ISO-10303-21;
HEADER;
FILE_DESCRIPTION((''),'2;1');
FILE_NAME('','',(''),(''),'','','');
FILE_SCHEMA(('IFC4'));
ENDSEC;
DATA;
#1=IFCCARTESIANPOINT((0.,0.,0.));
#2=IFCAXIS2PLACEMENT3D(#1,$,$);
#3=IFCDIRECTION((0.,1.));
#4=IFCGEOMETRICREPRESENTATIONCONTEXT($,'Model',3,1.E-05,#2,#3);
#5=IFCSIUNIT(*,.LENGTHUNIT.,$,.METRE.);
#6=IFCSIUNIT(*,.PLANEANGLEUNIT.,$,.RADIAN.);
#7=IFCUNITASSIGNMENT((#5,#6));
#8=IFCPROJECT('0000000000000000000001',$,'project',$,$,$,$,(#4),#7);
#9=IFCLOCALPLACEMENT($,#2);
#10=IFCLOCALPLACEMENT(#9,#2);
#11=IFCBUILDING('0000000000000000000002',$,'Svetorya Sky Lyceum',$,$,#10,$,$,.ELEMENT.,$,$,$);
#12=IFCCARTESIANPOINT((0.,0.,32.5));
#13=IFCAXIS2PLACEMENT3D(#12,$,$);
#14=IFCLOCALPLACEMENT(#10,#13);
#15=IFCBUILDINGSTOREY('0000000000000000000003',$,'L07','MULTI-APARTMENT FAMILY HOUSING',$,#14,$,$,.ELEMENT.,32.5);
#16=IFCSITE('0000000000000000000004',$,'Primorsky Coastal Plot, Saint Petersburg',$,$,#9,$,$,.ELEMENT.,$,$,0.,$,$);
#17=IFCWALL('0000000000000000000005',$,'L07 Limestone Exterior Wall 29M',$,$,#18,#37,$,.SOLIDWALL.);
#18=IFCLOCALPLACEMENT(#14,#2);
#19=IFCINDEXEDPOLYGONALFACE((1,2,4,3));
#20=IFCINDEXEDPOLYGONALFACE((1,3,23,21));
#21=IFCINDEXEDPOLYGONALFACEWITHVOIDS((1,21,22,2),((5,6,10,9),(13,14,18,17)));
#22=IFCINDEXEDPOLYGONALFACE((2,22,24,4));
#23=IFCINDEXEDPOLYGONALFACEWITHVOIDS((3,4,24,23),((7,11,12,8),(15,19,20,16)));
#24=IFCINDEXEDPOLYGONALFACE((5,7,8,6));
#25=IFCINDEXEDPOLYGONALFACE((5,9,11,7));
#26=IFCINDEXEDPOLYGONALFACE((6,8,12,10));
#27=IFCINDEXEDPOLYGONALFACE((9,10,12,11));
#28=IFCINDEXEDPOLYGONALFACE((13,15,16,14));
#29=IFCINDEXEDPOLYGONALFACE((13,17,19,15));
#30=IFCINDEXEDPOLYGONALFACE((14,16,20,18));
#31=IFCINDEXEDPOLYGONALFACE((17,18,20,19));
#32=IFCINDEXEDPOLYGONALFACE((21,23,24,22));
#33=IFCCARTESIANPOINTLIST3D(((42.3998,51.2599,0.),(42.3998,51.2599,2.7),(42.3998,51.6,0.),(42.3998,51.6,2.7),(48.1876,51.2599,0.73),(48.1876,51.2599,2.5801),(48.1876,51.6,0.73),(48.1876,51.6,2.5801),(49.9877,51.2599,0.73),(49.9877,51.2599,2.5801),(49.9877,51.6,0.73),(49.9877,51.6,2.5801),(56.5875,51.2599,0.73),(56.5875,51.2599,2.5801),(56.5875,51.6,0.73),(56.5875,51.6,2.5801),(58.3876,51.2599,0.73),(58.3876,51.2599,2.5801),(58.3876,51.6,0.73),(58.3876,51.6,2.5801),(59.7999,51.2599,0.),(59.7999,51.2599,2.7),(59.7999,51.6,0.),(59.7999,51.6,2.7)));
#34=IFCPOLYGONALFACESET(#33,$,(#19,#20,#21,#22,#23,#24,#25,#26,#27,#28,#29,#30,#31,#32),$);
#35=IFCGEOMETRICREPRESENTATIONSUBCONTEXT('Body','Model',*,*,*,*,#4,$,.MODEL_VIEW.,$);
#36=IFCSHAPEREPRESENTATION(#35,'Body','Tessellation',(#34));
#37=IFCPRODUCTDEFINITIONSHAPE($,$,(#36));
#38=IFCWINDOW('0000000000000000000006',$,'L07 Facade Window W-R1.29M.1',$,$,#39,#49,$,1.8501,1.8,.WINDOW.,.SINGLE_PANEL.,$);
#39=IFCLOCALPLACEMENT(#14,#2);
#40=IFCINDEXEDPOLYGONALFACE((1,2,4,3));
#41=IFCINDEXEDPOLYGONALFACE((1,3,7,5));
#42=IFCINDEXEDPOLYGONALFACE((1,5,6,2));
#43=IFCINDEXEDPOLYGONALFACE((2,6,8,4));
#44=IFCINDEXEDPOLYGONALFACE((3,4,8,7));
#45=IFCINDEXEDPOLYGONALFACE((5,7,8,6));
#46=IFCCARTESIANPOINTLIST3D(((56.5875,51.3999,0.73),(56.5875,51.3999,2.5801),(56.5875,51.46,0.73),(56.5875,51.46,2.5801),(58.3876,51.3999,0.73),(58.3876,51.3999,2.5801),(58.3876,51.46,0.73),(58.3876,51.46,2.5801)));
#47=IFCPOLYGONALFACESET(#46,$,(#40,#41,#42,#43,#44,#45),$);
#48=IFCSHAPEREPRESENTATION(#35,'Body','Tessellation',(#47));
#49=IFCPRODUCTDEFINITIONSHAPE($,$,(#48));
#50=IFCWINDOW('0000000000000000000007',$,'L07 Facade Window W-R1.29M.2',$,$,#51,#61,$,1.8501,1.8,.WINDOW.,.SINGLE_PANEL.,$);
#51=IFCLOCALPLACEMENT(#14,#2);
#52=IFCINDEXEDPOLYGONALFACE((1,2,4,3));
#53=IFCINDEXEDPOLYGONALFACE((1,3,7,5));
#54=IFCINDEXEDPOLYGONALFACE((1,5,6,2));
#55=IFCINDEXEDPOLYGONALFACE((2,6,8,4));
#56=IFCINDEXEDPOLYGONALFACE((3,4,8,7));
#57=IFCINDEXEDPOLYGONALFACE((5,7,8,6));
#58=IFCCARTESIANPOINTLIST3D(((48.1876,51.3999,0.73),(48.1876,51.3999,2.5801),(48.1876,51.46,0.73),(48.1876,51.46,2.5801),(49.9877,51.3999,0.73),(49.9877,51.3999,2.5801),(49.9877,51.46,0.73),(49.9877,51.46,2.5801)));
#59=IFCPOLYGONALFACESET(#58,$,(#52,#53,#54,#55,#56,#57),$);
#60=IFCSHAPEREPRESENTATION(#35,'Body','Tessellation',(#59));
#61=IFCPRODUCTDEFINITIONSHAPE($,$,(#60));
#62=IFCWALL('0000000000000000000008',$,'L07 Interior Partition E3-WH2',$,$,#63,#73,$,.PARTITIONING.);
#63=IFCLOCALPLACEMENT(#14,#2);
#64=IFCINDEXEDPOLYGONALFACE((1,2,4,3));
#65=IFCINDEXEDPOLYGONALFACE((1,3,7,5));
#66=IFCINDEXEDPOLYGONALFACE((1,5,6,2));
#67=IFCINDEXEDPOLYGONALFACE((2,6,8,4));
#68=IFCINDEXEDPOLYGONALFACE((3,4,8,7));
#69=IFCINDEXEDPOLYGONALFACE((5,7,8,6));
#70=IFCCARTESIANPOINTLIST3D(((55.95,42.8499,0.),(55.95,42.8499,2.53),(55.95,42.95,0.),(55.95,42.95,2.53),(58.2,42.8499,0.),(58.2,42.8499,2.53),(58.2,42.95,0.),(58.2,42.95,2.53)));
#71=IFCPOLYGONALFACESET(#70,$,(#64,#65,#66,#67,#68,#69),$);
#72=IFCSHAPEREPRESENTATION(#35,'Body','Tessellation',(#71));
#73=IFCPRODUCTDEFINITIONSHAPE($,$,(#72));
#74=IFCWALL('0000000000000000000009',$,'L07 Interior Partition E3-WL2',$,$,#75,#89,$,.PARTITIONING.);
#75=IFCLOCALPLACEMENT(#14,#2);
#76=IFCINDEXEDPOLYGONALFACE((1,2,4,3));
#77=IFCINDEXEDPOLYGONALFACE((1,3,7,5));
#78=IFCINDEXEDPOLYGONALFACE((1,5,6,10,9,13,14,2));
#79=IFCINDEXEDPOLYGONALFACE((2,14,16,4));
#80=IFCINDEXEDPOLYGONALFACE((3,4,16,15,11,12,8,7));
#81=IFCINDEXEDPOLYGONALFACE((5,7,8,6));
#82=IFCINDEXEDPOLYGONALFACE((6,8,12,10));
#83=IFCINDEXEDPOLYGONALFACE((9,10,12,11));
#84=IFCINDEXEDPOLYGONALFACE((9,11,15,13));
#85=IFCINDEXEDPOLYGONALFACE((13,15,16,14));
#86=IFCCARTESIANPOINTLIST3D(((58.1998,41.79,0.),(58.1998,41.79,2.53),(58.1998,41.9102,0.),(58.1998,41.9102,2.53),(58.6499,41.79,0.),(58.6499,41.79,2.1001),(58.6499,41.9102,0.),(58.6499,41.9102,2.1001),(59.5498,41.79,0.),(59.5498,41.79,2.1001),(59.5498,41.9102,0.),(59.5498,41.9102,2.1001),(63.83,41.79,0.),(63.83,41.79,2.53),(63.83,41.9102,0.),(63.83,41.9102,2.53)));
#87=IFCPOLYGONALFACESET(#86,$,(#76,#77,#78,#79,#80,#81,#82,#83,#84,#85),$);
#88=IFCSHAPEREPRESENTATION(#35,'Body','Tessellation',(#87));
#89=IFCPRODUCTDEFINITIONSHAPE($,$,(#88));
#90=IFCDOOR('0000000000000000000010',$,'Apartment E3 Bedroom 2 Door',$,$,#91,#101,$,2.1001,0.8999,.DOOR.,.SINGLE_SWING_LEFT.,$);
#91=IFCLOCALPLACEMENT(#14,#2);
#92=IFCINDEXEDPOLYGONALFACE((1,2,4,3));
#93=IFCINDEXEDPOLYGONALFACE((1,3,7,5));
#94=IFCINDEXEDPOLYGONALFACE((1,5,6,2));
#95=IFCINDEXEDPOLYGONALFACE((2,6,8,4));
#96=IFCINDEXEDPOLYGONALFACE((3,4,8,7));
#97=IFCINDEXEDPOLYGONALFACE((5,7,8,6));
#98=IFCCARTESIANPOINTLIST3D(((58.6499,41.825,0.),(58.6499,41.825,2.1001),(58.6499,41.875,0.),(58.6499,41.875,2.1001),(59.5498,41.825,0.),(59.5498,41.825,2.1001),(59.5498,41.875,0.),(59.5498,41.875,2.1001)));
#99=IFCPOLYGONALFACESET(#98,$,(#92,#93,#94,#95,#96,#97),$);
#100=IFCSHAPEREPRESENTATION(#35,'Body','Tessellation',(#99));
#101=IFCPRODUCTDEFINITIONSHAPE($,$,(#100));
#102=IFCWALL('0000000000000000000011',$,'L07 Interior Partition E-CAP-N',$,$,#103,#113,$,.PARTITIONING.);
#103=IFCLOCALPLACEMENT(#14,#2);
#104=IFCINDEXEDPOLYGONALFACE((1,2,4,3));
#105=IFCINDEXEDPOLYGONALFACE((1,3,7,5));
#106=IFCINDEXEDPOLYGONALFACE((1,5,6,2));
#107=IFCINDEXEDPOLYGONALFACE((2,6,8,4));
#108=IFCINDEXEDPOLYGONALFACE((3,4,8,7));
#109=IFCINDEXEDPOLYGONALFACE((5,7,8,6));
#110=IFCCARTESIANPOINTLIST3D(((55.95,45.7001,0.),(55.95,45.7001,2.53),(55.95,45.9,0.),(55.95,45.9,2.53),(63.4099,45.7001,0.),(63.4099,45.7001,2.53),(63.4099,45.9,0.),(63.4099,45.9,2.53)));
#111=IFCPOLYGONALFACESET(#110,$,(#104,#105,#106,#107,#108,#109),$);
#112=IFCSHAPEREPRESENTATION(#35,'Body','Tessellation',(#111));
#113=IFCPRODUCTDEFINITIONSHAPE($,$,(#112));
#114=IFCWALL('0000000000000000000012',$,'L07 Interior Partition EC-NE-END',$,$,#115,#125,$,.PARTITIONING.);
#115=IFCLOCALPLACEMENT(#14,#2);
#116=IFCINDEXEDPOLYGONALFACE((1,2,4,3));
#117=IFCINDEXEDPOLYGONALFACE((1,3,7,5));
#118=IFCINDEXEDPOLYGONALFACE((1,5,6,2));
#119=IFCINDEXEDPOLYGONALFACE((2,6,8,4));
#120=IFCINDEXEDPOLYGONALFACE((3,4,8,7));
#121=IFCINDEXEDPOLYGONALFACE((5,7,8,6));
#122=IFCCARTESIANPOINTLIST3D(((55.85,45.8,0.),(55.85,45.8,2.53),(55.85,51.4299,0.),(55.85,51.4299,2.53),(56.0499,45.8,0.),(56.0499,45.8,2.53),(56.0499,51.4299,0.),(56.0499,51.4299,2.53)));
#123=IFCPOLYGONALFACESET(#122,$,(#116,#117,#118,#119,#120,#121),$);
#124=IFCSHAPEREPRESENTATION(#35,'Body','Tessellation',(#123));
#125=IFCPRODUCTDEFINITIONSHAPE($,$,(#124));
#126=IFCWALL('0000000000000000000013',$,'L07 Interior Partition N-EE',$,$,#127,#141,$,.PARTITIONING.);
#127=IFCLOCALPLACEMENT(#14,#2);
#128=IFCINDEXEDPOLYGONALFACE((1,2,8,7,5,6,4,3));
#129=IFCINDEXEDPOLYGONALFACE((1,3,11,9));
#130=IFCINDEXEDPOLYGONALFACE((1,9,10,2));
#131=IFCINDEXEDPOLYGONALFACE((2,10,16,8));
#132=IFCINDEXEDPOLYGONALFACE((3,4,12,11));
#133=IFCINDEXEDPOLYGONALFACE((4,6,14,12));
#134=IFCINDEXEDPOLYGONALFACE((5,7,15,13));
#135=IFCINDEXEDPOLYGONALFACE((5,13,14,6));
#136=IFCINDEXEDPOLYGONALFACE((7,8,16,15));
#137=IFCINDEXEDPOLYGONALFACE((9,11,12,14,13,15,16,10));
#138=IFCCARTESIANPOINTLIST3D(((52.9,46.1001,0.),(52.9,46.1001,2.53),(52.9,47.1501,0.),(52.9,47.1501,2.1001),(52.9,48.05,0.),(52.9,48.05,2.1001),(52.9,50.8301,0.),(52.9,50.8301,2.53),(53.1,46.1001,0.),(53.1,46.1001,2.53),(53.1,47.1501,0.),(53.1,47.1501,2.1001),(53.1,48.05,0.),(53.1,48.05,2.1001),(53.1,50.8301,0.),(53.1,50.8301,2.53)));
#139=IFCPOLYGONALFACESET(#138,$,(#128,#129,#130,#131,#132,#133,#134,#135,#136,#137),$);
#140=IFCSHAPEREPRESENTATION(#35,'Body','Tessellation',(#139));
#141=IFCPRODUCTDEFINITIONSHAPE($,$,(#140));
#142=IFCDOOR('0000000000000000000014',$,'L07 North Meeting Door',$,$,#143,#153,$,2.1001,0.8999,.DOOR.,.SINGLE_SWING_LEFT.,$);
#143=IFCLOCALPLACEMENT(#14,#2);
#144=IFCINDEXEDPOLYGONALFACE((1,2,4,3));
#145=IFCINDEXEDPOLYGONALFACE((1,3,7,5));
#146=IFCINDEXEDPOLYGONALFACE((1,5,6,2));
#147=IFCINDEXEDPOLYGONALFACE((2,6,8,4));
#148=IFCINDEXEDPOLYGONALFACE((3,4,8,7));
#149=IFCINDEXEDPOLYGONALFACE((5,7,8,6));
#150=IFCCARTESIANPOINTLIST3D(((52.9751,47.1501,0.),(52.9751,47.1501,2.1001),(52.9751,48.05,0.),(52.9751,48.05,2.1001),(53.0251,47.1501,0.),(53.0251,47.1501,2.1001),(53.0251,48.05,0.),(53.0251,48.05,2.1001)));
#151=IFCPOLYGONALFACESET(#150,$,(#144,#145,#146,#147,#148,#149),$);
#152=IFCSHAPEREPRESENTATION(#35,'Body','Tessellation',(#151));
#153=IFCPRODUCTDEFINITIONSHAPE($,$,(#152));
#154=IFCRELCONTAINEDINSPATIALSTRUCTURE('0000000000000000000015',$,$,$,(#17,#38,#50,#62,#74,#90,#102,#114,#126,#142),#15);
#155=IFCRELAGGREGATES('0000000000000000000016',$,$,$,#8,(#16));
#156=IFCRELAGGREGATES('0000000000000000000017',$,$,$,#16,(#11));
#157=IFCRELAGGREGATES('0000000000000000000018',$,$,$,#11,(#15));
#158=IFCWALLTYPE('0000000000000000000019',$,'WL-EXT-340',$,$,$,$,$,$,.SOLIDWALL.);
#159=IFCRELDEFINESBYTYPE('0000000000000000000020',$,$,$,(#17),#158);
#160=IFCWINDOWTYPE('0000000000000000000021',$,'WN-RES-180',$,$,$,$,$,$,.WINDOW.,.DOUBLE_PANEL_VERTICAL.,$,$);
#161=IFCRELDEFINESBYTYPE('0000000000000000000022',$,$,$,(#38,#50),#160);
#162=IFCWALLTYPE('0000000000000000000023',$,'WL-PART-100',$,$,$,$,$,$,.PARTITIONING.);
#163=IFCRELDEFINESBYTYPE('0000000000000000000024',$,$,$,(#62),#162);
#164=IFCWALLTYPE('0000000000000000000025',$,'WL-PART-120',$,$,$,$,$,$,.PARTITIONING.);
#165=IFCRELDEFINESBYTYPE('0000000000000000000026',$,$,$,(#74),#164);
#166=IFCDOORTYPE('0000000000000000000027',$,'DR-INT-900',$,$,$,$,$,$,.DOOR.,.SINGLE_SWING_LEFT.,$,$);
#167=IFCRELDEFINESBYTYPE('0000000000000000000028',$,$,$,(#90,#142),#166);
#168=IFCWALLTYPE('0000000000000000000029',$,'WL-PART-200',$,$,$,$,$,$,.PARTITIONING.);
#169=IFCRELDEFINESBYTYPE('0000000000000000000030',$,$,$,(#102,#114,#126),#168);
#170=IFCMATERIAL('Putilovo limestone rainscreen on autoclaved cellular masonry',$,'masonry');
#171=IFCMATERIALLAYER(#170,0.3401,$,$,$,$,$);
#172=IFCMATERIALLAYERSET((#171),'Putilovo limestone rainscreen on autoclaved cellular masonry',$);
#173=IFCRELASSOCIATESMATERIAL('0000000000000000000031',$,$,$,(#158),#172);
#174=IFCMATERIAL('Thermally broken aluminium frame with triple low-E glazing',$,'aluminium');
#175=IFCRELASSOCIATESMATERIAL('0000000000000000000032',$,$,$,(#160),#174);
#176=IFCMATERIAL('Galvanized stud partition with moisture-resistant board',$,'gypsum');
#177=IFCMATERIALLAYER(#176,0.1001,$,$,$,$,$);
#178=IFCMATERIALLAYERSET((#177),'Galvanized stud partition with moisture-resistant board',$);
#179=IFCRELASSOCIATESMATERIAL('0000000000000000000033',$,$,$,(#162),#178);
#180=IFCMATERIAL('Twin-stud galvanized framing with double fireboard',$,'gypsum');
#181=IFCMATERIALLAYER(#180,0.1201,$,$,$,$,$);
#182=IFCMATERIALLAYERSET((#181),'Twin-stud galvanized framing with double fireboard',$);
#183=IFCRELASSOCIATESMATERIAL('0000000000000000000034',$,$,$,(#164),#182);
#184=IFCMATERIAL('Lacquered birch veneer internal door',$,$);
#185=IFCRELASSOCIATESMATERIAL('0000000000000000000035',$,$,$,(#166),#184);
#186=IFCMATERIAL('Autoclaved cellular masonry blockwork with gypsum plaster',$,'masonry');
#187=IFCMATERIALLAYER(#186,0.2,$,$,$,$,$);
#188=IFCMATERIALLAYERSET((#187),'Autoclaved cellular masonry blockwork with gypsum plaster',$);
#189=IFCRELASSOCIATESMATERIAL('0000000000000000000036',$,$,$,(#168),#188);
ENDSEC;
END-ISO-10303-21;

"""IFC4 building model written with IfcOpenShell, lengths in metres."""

from ifc_helpers import new_model, si_unit, direction, frame, frame_2d, origin, place, context, subcontext, project, spatial, rectangle, extrude, material, layer, layer_set, type_object, element, fill, save


model = new_model("IFC4")

# Units and contexts
model_context = context("Model", 3, precision=1e-05, world=origin(), true_north=direction((0.0, 1.0)))
body_context = subcontext(model_context, "Body", "Model", "MODEL_VIEW")
ifc_project = project(units=[si_unit("LENGTHUNIT", "METRE"), si_unit("PLANEANGLEUNIT", "RADIAN")], contexts=[model_context])

# Site, building, storey
site_placement = place(None, origin())
site = spatial("IfcSite", under=ifc_project, at=site_placement, Name="Primorsky Coastal Plot, Saint Petersburg", CompositionType="ELEMENT", RefElevation=0.0)
building_placement = place(site_placement, origin())
building = spatial("IfcBuilding", under=site, at=building_placement, Name="Svetorya Sky Lyceum", CompositionType="ELEMENT")
storey_placement = place(building_placement, frame((0.0, 0.0, 32.5)))
storey = spatial("IfcBuildingStorey", under=building, at=storey_placement, Name="L07", Description="MULTI-APARTMENT FAMILY HOUSING", CompositionType="ELEMENT", Elevation=32.5)

# Shared definitions
ifc_material_1 = material(Name="Putilovo limestone rainscreen on autoclaved cellular masonry", Category="masonry")
ifc_layer_1 = layer(ifc_material_1, 0.3401)
ifc_layer_set_1 = layer_set([ifc_layer_1], Name="Putilovo limestone rainscreen on autoclaved cellular masonry")
wall_type_1 = type_object("IfcWallType", Name="WL-EXT-340", PredefinedType="SOLIDWALL", material=ifc_layer_set_1)

# Wall, openings, windows
wall_1_placement = place(storey_placement, frame((59.8, 51.4299, 0.0), z_axis=(0.0, 0.0, 1.0), x_axis=(-1.0, 0.0, 0.0)))
wall_1 = element("IfcWall", 1, at=wall_1_placement, inside=storey, type_object=wall_type_1, Name="L07 Limestone Exterior Wall 29M", PredefinedType="SOLIDWALL", context=body_context, shape_type="SweptSolid", body=[
    extrude(rectangle(XDim=17.4001, YDim=0.3401, at=frame_2d((8.7002, 0.0))), origin(), (0.0, 0.0, 1.0), 2.7),
])
opening_1_placement = place(wall_1_placement, frame((1.4126, 0.0, 0.73)))
opening_1 = element("IfcOpeningElement", 2, at=opening_1_placement, cuts=wall_1, PredefinedType="OPENING", context=body_context, shape_type="SweptSolid", body=[
    extrude(rectangle(XDim=1.8, YDim=1.8501, at=frame_2d((0.8999, 0.925))), frame((0.0, 0.1799, 0.0), z_axis=(0.0, -1.0, 0.0), x_axis=(1.0, 0.0, 0.0)), (0.0, 0.0, 1.0), 0.3601),
])
opening_2_placement = place(wall_1_placement, frame((9.8125, 0.0, 0.73)))
opening_2 = element("IfcOpeningElement", 3, at=opening_2_placement, cuts=wall_1, PredefinedType="OPENING", context=body_context, shape_type="SweptSolid", body=[
    extrude(rectangle(XDim=1.8, YDim=1.8501, at=frame_2d((0.8999, 0.925))), frame((0.0, 0.1799, 0.0), z_axis=(0.0, -1.0, 0.0), x_axis=(1.0, 0.0, 0.0)), (0.0, 0.0, 1.0), 0.3601),
])
ifc_material_2 = material(Name="Thermally broken aluminium frame with triple low-E glazing", Category="aluminium")
window_type = type_object("IfcWindowType", Name="WN-RES-180", PartitioningType="DOUBLE_PANEL_VERTICAL", PredefinedType="WINDOW", material=ifc_material_2)
window_1_placement = place(opening_1_placement, origin())
window_1 = element("IfcWindow", 4, at=window_1_placement, inside=storey, type_object=window_type, Name="L07 Facade Window W-R1.29M.1", OverallHeight=1.8501, OverallWidth=1.8, PartitioningType="SINGLE_PANEL", PredefinedType="WINDOW", context=body_context, shape_type="SweptSolid", body=[
    extrude(rectangle(XDim=1.8, YDim=1.8501, at=frame_2d((0.8999, 0.925))), frame((0.0, 0.03, 0.0), z_axis=(0.0, -1.0, 0.0), x_axis=(1.0, 0.0, 0.0)), (0.0, 0.0, 1.0), 0.0601),
])
fill(opening_1, window_1)
window_2_placement = place(opening_2_placement, origin())
window_2 = element("IfcWindow", 5, at=window_2_placement, inside=storey, type_object=window_type, Name="L07 Facade Window W-R1.29M.2", OverallHeight=1.8501, OverallWidth=1.8, PartitioningType="SINGLE_PANEL", PredefinedType="WINDOW", context=body_context, shape_type="SweptSolid", body=[
    extrude(rectangle(XDim=1.8, YDim=1.8501, at=frame_2d((0.8999, 0.925))), frame((0.0, 0.03, 0.0), z_axis=(0.0, -1.0, 0.0), x_axis=(1.0, 0.0, 0.0)), (0.0, 0.0, 1.0), 0.0601),
])
fill(opening_2, window_2)

# Wall
ifc_material_3 = material(Name="Galvanized stud partition with moisture-resistant board", Category="gypsum")
ifc_layer_2 = layer(ifc_material_3, 0.1001)
ifc_layer_set_2 = layer_set([ifc_layer_2], Name="Galvanized stud partition with moisture-resistant board")
wall_type_2 = type_object("IfcWallType", Name="WL-PART-100", PredefinedType="PARTITIONING", material=ifc_layer_set_2)
wall_2_placement = place(storey_placement, frame((55.95, 42.8999, 0.0), z_axis=(0.0, 0.0, 1.0), x_axis=(1.0, 0.0, 0.0)))
element("IfcWall", 6, at=wall_2_placement, inside=storey, type_object=wall_type_2, Name="L07 Interior Partition E3-WH2", PredefinedType="PARTITIONING", context=body_context, shape_type="SweptSolid", body=[
    extrude(rectangle(XDim=2.25, YDim=0.1001, at=frame_2d((1.125, 0.0))), origin(), (0.0, 0.0, 1.0), 2.53),
])

# Wall, opening, door
ifc_material_4 = material(Name="Twin-stud galvanized framing with double fireboard", Category="gypsum")
ifc_layer_3 = layer(ifc_material_4, 0.1201)
ifc_layer_set_3 = layer_set([ifc_layer_3], Name="Twin-stud galvanized framing with double fireboard")
wall_type_3 = type_object("IfcWallType", Name="WL-PART-120", PredefinedType="PARTITIONING", material=ifc_layer_set_3)
wall_3_placement = place(storey_placement, frame((58.2, 41.8501, 0.0), z_axis=(0.0, 0.0, 1.0), x_axis=(1.0, 0.0, 0.0)))
wall_3 = element("IfcWall", 7, at=wall_3_placement, inside=storey, type_object=wall_type_3, Name="L07 Interior Partition E3-WL2", PredefinedType="PARTITIONING", context=body_context, shape_type="SweptSolid", body=[
    extrude(rectangle(XDim=5.6301, YDim=0.1201, at=frame_2d((2.8149, 0.0))), origin(), (0.0, 0.0, 1.0), 2.53),
])
opening_3_placement = place(wall_3_placement, frame((0.45, 0.0, 0.0)))
opening_3 = element("IfcOpeningElement", 8, at=opening_3_placement, cuts=wall_3, PredefinedType="OPENING", context=body_context, shape_type="SweptSolid", body=[
    extrude(rectangle(XDim=0.8999, YDim=2.1001, at=frame_2d((0.45, 1.05))), frame((0.0, 0.0701, 0.0), z_axis=(0.0, -1.0, 0.0), x_axis=(1.0, 0.0, 0.0)), (0.0, 0.0, 1.0), 0.1401),
])
ifc_material_5 = material(Name="Lacquered birch veneer internal door")
door_type = type_object("IfcDoorType", Name="DR-INT-900", OperationType="SINGLE_SWING_LEFT", PredefinedType="DOOR", material=ifc_material_5)
door_1_placement = place(opening_3_placement, origin())
door_1 = element("IfcDoor", 9, at=door_1_placement, inside=storey, type_object=door_type, Name="Apartment E3 Bedroom 2 Door", OperationType="SINGLE_SWING_LEFT", OverallHeight=2.1001, OverallWidth=0.8999, PredefinedType="DOOR", context=body_context, shape_type="SweptSolid", body=[
    extrude(rectangle(XDim=0.8999, YDim=2.1001, at=frame_2d((0.45, 1.05))), frame((0.0, 0.0249, 0.0), z_axis=(0.0, -1.0, 0.0), x_axis=(1.0, 0.0, 0.0)), (0.0, 0.0, 1.0), 0.05),
])
fill(opening_3, door_1)

# Walls
ifc_material_6 = material(Name="Autoclaved cellular masonry blockwork with gypsum plaster", Category="masonry")
ifc_layer_4 = layer(ifc_material_6, 0.2)
ifc_layer_set_4 = layer_set([ifc_layer_4], Name="Autoclaved cellular masonry blockwork with gypsum plaster")
wall_type_4 = type_object("IfcWallType", Name="WL-PART-200", PredefinedType="PARTITIONING", material=ifc_layer_set_4)
wall_4_placement = place(storey_placement, frame((55.95, 45.8, 0.0), z_axis=(0.0, 0.0, 1.0), x_axis=(1.0, 0.0, 0.0)))
element("IfcWall", 10, at=wall_4_placement, inside=storey, type_object=wall_type_4, Name="L07 Interior Partition E-CAP-N", PredefinedType="PARTITIONING", context=body_context, shape_type="SweptSolid", body=[
    extrude(rectangle(XDim=7.46, YDim=0.2, at=frame_2d((3.73, 0.0))), origin(), (0.0, 0.0, 1.0), 2.53),
])
wall_5_placement = place(storey_placement, frame((55.95, 45.8, 0.0), z_axis=(0.0, 0.0, 1.0), x_axis=(0.0, 1.0, 0.0)))
element("IfcWall", 11, at=wall_5_placement, inside=storey, type_object=wall_type_4, Name="L07 Interior Partition EC-NE-END", PredefinedType="PARTITIONING", context=body_context, shape_type="SweptSolid", body=[
    extrude(rectangle(XDim=5.6299, YDim=0.2, at=frame_2d((2.8149, 0.0))), origin(), (0.0, 0.0, 1.0), 2.53),
])

# Wall, opening, door
wall_6_placement = place(storey_placement, frame((53.0, 46.1001, 0.0), z_axis=(0.0, 0.0, 1.0), x_axis=(0.0, 1.0, 0.0)))
wall_6 = element("IfcWall", 12, at=wall_6_placement, inside=storey, type_object=wall_type_4, Name="L07 Interior Partition N-EE", PredefinedType="PARTITIONING", context=body_context, shape_type="SweptSolid", body=[
    extrude(rectangle(XDim=4.73, YDim=0.2, at=frame_2d((2.365, 0.0))), origin(), (0.0, 0.0, 1.0), 2.53),
])
opening_4_placement = place(wall_6_placement, frame((1.05, 0.0, 0.0)))
opening_4 = element("IfcOpeningElement", 13, at=opening_4_placement, cuts=wall_6, PredefinedType="OPENING", context=body_context, shape_type="SweptSolid", body=[
    extrude(rectangle(XDim=0.8999, YDim=2.1001, at=frame_2d((0.45, 1.05))), frame((0.0, 0.1099, 0.0), z_axis=(0.0, -1.0, 0.0), x_axis=(1.0, 0.0, 0.0)), (0.0, 0.0, 1.0), 0.22),
])
door_2_placement = place(opening_4_placement, origin())
door_2 = element("IfcDoor", 14, at=door_2_placement, inside=storey, type_object=door_type, Name="L07 North Meeting Door", OperationType="SINGLE_SWING_LEFT", OverallHeight=2.1001, OverallWidth=0.8999, PredefinedType="DOOR", context=body_context, shape_type="SweptSolid", body=[
    extrude(rectangle(XDim=0.8999, YDim=2.1001, at=frame_2d((0.45, 1.05))), frame((0.0, 0.0249, 0.0), z_axis=(0.0, -1.0, 0.0), x_axis=(1.0, 0.0, 0.0)), (0.0, 0.0, 1.0), 0.05),
])
fill(opening_4, door_2)

save(model, "model.ifc")
